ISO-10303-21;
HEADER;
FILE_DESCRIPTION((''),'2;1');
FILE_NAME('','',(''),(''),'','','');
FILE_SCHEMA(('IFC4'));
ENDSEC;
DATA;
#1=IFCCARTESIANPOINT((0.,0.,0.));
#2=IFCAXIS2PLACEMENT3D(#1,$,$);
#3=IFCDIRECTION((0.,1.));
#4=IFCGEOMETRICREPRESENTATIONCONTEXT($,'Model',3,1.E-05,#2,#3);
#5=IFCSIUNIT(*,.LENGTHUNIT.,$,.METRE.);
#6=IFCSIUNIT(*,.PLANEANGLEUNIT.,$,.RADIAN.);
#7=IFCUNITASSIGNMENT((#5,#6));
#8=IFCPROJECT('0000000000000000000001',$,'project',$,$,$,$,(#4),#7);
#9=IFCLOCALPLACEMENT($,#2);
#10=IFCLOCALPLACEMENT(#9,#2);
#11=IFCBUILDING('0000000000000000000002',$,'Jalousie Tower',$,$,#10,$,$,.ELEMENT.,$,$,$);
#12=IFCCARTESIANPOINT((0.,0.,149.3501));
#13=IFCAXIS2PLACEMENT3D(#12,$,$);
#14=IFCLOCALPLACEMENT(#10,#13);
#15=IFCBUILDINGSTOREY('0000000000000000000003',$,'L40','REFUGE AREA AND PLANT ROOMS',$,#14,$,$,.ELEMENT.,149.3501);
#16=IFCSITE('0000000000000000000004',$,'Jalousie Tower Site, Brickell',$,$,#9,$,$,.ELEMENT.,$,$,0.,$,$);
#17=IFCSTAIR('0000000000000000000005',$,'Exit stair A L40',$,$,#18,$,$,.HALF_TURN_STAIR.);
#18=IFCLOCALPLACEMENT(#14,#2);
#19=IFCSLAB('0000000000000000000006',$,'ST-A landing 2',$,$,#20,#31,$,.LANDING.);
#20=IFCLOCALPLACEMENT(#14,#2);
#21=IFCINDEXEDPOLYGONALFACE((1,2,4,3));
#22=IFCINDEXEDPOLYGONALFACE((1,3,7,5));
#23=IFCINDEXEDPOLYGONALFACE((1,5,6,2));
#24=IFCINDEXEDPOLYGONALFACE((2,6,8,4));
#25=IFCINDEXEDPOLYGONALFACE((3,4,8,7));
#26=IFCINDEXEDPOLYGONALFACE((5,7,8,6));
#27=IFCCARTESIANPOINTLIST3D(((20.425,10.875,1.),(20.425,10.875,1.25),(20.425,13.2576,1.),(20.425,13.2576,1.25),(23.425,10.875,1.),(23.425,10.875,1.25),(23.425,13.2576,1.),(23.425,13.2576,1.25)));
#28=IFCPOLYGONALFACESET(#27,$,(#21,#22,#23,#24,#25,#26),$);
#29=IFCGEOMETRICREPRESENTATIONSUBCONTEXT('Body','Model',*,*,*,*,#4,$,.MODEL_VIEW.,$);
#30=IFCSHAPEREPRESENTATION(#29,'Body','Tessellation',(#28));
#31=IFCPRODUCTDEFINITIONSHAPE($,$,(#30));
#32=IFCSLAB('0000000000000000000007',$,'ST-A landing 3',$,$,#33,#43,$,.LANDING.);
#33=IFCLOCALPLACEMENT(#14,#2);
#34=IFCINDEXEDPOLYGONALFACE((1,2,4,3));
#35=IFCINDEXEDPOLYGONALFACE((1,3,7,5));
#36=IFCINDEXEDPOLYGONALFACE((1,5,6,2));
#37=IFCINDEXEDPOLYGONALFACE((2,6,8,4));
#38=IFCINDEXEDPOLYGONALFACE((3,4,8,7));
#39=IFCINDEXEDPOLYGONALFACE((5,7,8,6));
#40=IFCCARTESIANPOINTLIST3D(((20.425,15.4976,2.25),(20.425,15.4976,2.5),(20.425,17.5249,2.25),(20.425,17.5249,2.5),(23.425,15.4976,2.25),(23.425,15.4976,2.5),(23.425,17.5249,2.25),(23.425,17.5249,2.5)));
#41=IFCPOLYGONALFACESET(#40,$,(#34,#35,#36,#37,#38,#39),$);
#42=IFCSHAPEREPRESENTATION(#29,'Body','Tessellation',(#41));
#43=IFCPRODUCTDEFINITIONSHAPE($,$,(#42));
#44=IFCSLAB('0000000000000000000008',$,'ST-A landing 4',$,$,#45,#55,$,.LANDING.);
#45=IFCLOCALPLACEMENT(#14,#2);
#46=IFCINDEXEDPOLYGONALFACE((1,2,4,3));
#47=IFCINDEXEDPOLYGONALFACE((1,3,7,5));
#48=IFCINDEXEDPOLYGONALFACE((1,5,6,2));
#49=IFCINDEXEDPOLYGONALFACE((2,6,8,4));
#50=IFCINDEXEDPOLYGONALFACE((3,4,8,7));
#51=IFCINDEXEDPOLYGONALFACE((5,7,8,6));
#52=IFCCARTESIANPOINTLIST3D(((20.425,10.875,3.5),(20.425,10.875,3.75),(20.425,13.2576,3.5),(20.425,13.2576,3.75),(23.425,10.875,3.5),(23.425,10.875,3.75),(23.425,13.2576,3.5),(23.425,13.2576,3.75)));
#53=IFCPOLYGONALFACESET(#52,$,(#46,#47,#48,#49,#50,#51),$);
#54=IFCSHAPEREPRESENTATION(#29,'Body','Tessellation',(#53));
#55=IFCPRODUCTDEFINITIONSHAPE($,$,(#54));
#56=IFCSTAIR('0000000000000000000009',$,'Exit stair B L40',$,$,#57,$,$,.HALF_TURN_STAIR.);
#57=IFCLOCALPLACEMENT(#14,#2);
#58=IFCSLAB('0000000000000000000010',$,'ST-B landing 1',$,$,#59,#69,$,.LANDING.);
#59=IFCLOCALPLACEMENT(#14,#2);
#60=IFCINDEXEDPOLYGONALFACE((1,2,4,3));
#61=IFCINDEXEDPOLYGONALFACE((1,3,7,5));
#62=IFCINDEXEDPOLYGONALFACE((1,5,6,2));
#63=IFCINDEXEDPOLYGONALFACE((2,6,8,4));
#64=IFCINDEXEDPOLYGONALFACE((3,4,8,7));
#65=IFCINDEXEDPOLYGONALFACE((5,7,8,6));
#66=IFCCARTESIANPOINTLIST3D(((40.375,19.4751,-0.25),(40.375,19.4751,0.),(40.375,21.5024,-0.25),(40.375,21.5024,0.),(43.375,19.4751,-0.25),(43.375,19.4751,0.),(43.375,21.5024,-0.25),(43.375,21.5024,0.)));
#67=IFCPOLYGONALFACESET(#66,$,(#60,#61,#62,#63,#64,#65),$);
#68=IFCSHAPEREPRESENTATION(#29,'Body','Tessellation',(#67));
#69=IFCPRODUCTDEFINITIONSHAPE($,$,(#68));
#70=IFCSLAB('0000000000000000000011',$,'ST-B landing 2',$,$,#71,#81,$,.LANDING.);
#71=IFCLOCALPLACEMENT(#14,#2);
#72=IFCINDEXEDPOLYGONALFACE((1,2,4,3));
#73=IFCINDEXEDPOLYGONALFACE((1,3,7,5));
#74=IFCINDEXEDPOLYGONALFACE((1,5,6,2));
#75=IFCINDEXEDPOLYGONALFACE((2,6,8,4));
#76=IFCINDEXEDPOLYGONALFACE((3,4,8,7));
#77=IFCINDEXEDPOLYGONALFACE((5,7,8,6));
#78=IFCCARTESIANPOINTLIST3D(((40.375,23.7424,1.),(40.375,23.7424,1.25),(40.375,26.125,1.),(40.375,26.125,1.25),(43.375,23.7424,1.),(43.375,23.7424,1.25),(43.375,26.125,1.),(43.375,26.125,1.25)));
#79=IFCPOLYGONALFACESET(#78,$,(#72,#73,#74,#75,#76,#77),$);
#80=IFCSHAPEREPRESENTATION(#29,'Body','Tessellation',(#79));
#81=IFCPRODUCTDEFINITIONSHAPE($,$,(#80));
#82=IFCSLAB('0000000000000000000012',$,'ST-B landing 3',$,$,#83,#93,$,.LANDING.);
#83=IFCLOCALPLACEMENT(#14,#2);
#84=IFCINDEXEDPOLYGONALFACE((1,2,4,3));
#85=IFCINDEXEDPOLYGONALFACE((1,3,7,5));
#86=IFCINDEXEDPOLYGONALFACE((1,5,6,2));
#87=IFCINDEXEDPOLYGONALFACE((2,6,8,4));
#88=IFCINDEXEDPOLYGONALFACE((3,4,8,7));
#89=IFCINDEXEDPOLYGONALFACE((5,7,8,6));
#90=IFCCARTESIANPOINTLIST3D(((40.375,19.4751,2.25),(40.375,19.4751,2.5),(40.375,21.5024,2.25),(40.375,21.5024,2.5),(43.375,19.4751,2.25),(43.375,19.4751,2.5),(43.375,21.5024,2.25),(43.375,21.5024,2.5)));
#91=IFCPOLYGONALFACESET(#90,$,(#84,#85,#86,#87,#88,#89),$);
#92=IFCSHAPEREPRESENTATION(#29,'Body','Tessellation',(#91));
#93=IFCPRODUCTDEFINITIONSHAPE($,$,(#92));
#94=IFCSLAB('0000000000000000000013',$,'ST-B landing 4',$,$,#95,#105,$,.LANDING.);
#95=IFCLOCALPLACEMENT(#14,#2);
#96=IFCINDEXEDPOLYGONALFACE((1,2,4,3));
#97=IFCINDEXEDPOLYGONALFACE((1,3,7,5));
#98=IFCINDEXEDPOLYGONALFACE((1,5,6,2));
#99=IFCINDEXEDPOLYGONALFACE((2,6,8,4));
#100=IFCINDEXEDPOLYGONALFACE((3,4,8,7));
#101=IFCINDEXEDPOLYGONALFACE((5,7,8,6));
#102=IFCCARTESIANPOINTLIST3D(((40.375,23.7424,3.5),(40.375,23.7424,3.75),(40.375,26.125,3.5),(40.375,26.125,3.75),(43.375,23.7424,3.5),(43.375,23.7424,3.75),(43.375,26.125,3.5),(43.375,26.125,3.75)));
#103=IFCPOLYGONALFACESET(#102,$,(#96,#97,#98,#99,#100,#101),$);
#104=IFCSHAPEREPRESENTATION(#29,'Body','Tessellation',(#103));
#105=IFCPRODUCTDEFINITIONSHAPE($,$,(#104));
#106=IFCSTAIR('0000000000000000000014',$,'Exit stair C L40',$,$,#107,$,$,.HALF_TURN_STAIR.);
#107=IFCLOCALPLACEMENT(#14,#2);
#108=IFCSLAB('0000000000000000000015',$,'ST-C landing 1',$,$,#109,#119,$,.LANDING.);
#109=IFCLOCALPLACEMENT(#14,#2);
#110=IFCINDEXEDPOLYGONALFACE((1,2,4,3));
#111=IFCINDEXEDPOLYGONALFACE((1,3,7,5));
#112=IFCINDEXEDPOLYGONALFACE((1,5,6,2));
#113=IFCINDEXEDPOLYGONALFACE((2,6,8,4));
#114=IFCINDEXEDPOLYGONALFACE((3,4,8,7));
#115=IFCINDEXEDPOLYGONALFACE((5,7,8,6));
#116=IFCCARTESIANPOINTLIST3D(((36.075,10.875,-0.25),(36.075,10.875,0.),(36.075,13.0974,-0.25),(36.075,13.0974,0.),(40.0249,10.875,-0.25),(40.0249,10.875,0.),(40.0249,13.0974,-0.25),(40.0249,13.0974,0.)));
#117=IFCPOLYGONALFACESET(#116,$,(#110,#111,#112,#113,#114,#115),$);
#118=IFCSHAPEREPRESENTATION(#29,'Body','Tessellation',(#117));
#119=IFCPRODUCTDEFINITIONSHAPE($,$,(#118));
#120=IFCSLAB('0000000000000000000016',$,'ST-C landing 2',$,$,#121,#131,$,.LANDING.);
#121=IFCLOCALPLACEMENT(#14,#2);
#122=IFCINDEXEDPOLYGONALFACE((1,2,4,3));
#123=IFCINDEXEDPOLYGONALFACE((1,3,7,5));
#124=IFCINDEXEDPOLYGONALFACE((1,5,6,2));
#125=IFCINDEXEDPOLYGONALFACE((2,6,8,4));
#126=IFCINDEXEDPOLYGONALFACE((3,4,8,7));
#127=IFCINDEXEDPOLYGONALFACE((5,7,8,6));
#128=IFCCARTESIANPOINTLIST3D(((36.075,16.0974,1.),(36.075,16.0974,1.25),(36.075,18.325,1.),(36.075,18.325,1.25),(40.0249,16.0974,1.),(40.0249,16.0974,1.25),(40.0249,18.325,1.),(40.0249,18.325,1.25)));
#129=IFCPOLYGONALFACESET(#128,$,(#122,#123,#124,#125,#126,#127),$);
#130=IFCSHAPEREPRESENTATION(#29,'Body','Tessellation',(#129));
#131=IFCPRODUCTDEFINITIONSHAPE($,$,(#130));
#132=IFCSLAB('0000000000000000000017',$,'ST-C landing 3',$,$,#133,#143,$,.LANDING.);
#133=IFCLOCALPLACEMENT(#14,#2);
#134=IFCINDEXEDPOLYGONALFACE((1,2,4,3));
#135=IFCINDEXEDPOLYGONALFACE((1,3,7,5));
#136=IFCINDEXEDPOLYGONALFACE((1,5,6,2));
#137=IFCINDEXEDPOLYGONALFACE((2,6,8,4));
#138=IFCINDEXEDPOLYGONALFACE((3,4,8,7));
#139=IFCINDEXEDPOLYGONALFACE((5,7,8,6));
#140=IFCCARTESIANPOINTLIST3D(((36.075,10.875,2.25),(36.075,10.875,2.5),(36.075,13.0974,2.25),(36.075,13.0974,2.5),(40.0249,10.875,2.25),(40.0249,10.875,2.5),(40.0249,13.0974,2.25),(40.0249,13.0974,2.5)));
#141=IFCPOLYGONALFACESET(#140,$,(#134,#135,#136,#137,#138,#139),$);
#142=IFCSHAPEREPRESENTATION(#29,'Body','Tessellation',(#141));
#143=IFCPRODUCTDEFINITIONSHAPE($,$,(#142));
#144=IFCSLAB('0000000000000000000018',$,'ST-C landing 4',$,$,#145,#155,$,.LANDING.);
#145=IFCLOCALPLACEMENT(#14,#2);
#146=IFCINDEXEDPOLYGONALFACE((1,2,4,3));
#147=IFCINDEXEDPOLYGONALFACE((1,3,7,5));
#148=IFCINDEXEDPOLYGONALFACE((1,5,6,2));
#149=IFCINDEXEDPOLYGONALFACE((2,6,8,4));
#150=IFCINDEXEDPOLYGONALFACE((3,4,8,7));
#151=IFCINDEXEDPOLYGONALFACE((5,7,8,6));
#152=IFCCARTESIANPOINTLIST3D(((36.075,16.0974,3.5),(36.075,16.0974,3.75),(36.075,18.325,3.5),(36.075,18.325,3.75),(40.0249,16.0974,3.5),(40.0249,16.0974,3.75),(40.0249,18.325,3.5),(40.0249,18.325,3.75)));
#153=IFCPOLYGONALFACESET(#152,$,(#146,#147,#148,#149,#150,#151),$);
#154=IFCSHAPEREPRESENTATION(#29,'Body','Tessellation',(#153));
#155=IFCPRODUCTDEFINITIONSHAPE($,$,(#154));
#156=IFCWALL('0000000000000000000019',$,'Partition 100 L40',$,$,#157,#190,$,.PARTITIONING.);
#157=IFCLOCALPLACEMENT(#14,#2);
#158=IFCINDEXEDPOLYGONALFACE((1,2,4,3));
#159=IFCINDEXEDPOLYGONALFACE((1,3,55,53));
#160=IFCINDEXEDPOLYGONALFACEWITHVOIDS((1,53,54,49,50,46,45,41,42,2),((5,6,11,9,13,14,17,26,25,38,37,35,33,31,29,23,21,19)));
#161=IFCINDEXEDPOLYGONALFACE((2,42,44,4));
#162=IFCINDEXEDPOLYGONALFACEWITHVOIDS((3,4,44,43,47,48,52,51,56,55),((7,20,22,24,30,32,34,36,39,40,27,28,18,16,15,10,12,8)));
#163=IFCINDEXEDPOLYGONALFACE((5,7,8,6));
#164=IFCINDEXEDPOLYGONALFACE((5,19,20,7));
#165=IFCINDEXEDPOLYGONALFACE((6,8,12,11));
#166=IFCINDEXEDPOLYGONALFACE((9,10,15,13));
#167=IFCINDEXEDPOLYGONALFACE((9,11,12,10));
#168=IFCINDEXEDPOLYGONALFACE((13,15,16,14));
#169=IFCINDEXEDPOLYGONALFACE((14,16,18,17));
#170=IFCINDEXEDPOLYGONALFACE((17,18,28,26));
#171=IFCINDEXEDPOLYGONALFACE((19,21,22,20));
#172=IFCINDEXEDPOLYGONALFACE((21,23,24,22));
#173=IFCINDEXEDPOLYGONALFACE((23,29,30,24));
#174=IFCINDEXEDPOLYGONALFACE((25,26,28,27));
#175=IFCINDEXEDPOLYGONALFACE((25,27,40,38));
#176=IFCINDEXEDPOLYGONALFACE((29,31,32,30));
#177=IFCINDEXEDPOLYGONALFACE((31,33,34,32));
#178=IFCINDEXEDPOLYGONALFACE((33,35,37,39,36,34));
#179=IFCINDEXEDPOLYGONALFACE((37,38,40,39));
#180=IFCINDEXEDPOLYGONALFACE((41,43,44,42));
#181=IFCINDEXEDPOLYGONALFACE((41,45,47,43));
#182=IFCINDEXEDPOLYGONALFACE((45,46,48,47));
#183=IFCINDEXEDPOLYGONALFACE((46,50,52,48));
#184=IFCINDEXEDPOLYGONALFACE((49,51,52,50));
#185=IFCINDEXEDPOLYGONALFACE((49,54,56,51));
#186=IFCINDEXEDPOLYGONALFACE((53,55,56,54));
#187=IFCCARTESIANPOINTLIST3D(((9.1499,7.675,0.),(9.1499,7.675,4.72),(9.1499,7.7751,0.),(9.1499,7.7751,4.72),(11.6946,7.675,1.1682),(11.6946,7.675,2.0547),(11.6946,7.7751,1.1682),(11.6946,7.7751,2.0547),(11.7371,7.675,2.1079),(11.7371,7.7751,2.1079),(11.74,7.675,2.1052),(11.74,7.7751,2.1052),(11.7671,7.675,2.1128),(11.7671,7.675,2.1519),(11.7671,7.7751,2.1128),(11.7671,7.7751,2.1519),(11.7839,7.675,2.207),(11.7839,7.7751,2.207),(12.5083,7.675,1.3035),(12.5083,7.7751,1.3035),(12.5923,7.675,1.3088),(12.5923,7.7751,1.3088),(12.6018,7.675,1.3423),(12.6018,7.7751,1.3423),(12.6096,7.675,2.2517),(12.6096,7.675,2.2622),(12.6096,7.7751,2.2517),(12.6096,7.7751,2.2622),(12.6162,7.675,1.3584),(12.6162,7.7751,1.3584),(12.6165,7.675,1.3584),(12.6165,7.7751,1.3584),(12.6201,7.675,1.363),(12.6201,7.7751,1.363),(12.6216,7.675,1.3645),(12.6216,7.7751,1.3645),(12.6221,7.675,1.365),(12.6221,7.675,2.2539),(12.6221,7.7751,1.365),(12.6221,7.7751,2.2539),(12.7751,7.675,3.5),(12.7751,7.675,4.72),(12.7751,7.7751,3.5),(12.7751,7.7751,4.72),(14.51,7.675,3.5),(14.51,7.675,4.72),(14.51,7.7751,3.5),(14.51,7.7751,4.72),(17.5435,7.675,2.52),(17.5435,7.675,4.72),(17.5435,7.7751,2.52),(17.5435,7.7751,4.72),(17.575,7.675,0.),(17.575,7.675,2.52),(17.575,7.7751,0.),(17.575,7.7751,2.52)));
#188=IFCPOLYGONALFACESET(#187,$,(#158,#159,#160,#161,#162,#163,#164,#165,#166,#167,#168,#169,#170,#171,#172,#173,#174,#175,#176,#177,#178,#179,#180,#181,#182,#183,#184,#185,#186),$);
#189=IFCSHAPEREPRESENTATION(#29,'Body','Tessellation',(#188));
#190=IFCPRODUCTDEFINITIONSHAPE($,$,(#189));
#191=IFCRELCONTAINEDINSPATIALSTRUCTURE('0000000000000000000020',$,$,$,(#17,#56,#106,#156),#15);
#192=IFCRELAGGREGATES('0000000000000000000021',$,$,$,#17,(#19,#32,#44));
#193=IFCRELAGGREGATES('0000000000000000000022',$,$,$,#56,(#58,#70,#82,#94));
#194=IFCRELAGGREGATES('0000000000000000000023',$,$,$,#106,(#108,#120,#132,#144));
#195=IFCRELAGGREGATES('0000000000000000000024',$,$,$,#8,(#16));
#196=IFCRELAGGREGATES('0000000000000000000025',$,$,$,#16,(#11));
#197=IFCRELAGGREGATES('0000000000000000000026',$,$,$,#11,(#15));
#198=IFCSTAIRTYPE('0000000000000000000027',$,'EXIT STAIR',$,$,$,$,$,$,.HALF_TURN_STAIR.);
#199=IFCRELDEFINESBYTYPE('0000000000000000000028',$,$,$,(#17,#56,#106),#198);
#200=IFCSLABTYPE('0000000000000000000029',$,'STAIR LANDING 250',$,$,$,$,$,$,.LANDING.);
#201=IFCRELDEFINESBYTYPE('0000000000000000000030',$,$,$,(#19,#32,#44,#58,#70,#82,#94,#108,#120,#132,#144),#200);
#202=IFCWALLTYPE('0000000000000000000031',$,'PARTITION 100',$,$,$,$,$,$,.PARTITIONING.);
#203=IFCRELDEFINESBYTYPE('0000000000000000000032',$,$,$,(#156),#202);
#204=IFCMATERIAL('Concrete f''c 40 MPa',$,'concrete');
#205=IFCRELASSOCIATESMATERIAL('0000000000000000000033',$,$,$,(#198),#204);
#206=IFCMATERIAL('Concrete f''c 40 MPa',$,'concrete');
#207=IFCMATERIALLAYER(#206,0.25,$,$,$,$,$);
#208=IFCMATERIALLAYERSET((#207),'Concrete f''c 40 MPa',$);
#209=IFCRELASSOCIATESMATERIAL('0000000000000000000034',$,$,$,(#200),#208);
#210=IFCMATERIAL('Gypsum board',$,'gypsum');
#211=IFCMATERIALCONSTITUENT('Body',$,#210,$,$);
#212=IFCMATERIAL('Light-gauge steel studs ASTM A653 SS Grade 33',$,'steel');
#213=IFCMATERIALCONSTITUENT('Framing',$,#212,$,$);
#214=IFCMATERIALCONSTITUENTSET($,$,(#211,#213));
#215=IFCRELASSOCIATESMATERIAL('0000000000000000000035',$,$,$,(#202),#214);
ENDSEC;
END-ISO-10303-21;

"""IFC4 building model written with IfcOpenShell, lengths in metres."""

from ifc_helpers import new_model, si_unit, direction, frame, origin, place, context, subcontext, project, spatial, polyline, outline, extrude, material, layer, layer_set, constituent, constituent_set, type_object, element, aggregate, save


model = new_model("IFC4")

# Units and contexts
model_context = context("Model", 3, precision=1e-05, world=origin(), true_north=direction((0.0, 1.0)))
body_context = subcontext(model_context, "Body", "Model", "MODEL_VIEW")
ifc_project = project(units=[si_unit("LENGTHUNIT", "METRE"), si_unit("PLANEANGLEUNIT", "RADIAN")], contexts=[model_context])

# Site, building, storey
site_placement = place(None, origin())
site = spatial("IfcSite", under=ifc_project, at=site_placement, Name="Jalousie Tower Site, Brickell", CompositionType="ELEMENT", RefElevation=0.0)
building_placement = place(site_placement, origin())
building = spatial("IfcBuilding", under=site, at=building_placement, Name="Jalousie Tower", CompositionType="ELEMENT")
storey_placement = place(building_placement, frame((0.0, 0.0, 149.3501)))
storey = spatial("IfcBuildingStorey", under=building, at=storey_placement, Name="L40", Description="REFUGE AREA AND PLANT ROOMS", CompositionType="ELEMENT", Elevation=149.3501)

# Stairs, slabs
ifc_material_1 = material(Name="Concrete f'c 40 MPa", Category="concrete")
stair_type = type_object("IfcStairType", Name="EXIT STAIR", PredefinedType="HALF_TURN_STAIR", material=ifc_material_1)
stair_1_placement = place(storey_placement, origin())
stair_1 = element("IfcStair", 1, at=stair_1_placement, inside=storey, type_object=stair_type, Name="Exit stair A L40", PredefinedType="HALF_TURN_STAIR")
ifc_material_2 = material(Name="Concrete f'c 40 MPa", Category="concrete")
ifc_layer_1 = layer(ifc_material_2, 0.25)
ifc_layer_set_1 = layer_set([ifc_layer_1], Name="Concrete f'c 40 MPa")
slab_type_1 = type_object("IfcSlabType", Name="STAIR LANDING 250", PredefinedType="LANDING", material=ifc_layer_set_1)
slab_1_placement = place(storey_placement, frame((0.0, 0.0, 1.0)))
slab_1 = element("IfcSlab", 2, at=slab_1_placement, type_object=slab_type_1, Name="ST-A landing 2", PredefinedType="LANDING", context=body_context, shape_type="SweptSolid", body=[
    extrude(outline(polyline([(20.425, 10.875), (23.425, 10.875), (23.425, 13.2576), (20.425, 13.2576), (20.425, 10.875)])), origin(), (0.0, 0.0, 1.0), 0.25),
])
slab_2_placement = place(storey_placement, frame((0.0, 0.0, 2.25)))
slab_2 = element("IfcSlab", 3, at=slab_2_placement, type_object=slab_type_1, Name="ST-A landing 3", PredefinedType="LANDING", context=body_context, shape_type="SweptSolid", body=[
    extrude(outline(polyline([(20.425, 15.4976), (23.425, 15.4976), (23.425, 17.5249), (20.425, 17.5249), (20.425, 15.4976)])), origin(), (0.0, 0.0, 1.0), 0.25),
])
slab_3_placement = place(storey_placement, frame((0.0, 0.0, 3.5)))
slab_3 = element("IfcSlab", 4, at=slab_3_placement, type_object=slab_type_1, Name="ST-A landing 4", PredefinedType="LANDING", context=body_context, shape_type="SweptSolid", body=[
    extrude(outline(polyline([(20.425, 10.875), (23.425, 10.875), (23.425, 13.2576), (20.425, 13.2576), (20.425, 10.875)])), origin(), (0.0, 0.0, 1.0), 0.25),
])
aggregate(stair_1, [slab_1, slab_2, slab_3])
stair_2_placement = place(storey_placement, origin())
stair_2 = element("IfcStair", 5, at=stair_2_placement, inside=storey, type_object=stair_type, Name="Exit stair B L40", PredefinedType="HALF_TURN_STAIR")
slab_4_placement = place(storey_placement, frame((0.0, 0.0, -0.25)))
slab_4 = element("IfcSlab", 6, at=slab_4_placement, type_object=slab_type_1, Name="ST-B landing 1", PredefinedType="LANDING", context=body_context, shape_type="SweptSolid", body=[
    extrude(outline(polyline([(40.375, 19.4751), (43.375, 19.4751), (43.375, 21.5024), (40.375, 21.5024), (40.375, 19.4751)])), origin(), (0.0, 0.0, 1.0), 0.25),
])
slab_5_placement = place(storey_placement, frame((0.0, 0.0, 1.0)))
slab_5 = element("IfcSlab", 7, at=slab_5_placement, type_object=slab_type_1, Name="ST-B landing 2", PredefinedType="LANDING", context=body_context, shape_type="SweptSolid", body=[
    extrude(outline(polyline([(40.375, 23.7424), (43.375, 23.7424), (43.375, 26.125), (40.375, 26.125), (40.375, 23.7424)])), origin(), (0.0, 0.0, 1.0), 0.25),
])
slab_6_placement = place(storey_placement, frame((0.0, 0.0, 2.25)))
slab_6 = element("IfcSlab", 8, at=slab_6_placement, type_object=slab_type_1, Name="ST-B landing 3", PredefinedType="LANDING", context=body_context, shape_type="SweptSolid", body=[
    extrude(outline(polyline([(40.375, 19.4751), (43.375, 19.4751), (43.375, 21.5024), (40.375, 21.5024), (40.375, 19.4751)])), origin(), (0.0, 0.0, 1.0), 0.25),
])
slab_7_placement = place(storey_placement, frame((0.0, 0.0, 3.5)))
slab_7 = element("IfcSlab", 9, at=slab_7_placement, type_object=slab_type_1, Name="ST-B landing 4", PredefinedType="LANDING", context=body_context, shape_type="SweptSolid", body=[
    extrude(outline(polyline([(40.375, 23.7424), (43.375, 23.7424), (43.375, 26.125), (40.375, 26.125), (40.375, 23.7424)])), origin(), (0.0, 0.0, 1.0), 0.25),
])
aggregate(stair_2, [slab_4, slab_5, slab_6, slab_7])
stair_3_placement = place(storey_placement, origin())
stair_3 = element("IfcStair", 10, at=stair_3_placement, inside=storey, type_object=stair_type, Name="Exit stair C L40", PredefinedType="HALF_TURN_STAIR")
slab_8_placement = place(storey_placement, frame((0.0, 0.0, -0.25)))
slab_8 = element("IfcSlab", 11, at=slab_8_placement, type_object=slab_type_1, Name="ST-C landing 1", PredefinedType="LANDING", context=body_context, shape_type="SweptSolid", body=[
    extrude(outline(polyline([(36.075, 10.875), (40.0249, 10.875), (40.0249, 13.0974), (36.075, 13.0974), (36.075, 10.875)])), origin(), (0.0, 0.0, 1.0), 0.25),
])
slab_9_placement = place(storey_placement, frame((0.0, 0.0, 1.0)))
slab_9 = element("IfcSlab", 12, at=slab_9_placement, type_object=slab_type_1, Name="ST-C landing 2", PredefinedType="LANDING", context=body_context, shape_type="SweptSolid", body=[
    extrude(outline(polyline([(36.075, 16.0974), (40.0249, 16.0974), (40.0249, 18.325), (36.075, 18.325), (36.075, 16.0974)])), origin(), (0.0, 0.0, 1.0), 0.25),
])
slab_10_placement = place(storey_placement, frame((0.0, 0.0, 2.25)))
slab_10 = element("IfcSlab", 13, at=slab_10_placement, type_object=slab_type_1, Name="ST-C landing 3", PredefinedType="LANDING", context=body_context, shape_type="SweptSolid", body=[
    extrude(outline(polyline([(36.075, 10.875), (40.0249, 10.875), (40.0249, 13.0974), (36.075, 13.0974), (36.075, 10.875)])), origin(), (0.0, 0.0, 1.0), 0.25),
])
slab_11_placement = place(storey_placement, frame((0.0, 0.0, 3.5)))
slab_11 = element("IfcSlab", 14, at=slab_11_placement, type_object=slab_type_1, Name="ST-C landing 4", PredefinedType="LANDING", context=body_context, shape_type="SweptSolid", body=[
    extrude(outline(polyline([(36.075, 16.0974), (40.0249, 16.0974), (40.0249, 18.325), (36.075, 18.325), (36.075, 16.0974)])), origin(), (0.0, 0.0, 1.0), 0.25),
])
aggregate(stair_3, [slab_8, slab_9, slab_10, slab_11])

# Wall
ifc_material_3 = material(Name="Gypsum board", Category="gypsum")
ifc_constituent_1 = constituent(ifc_material_3, Name="Body")
ifc_material_4 = material(Name="Light-gauge steel studs ASTM A653 SS Grade 33", Category="steel")
ifc_constituent_2 = constituent(ifc_material_4, Name="Framing")
ifc_constituent_set = constituent_set(constituents=[ifc_constituent_1, ifc_constituent_2])
wall_type = type_object("IfcWallType", Name="PARTITION 100", PredefinedType="PARTITIONING", material=ifc_constituent_set)
wall_placement = place(storey_placement, frame((9.1499, 7.7251, 0.0), z_axis=(0.0, 0.0, 1.0), x_axis=(1.0, 0.0, 0.0)))
element("IfcWall", 15, at=wall_placement, inside=storey, type_object=wall_type, Name="Partition 100 L40", PredefinedType="PARTITIONING", context=body_context, shape_type="SweptSolid", body=[
    extrude(outline(polyline([(3.6252, 4.72), (0.0, 4.72), (0.0, 0.0), (8.425, 0.0), (8.425, 2.52), (8.3936, 2.52), (8.3936, 4.72), (5.3601, 4.72), (5.3601, 3.5), (3.6252, 3.5), (3.6252, 4.72)]), holes=[polyline([(3.4722, 1.365), (3.4717, 1.3645), (3.4702, 1.363), (3.4666, 1.3584), (3.4663, 1.3584), (3.4519, 1.3423), (3.4424, 1.3088), (3.3584, 1.3035), (2.5447, 1.1682), (2.5447, 2.0547), (2.5901, 2.1052), (2.5872, 2.1079), (2.6172, 2.1128), (2.6172, 2.1519), (2.634, 2.207), (3.4597, 2.2622), (3.4597, 2.2517), (3.4722, 2.2539), (3.4722, 1.365)])]), frame((0.0, 0.05, 0.0), z_axis=(0.0, -1.0, 0.0), x_axis=(1.0, 0.0, 0.0)), (0.0, 0.0, 1.0), 0.1001),
])

save(model, "model.ifc")
